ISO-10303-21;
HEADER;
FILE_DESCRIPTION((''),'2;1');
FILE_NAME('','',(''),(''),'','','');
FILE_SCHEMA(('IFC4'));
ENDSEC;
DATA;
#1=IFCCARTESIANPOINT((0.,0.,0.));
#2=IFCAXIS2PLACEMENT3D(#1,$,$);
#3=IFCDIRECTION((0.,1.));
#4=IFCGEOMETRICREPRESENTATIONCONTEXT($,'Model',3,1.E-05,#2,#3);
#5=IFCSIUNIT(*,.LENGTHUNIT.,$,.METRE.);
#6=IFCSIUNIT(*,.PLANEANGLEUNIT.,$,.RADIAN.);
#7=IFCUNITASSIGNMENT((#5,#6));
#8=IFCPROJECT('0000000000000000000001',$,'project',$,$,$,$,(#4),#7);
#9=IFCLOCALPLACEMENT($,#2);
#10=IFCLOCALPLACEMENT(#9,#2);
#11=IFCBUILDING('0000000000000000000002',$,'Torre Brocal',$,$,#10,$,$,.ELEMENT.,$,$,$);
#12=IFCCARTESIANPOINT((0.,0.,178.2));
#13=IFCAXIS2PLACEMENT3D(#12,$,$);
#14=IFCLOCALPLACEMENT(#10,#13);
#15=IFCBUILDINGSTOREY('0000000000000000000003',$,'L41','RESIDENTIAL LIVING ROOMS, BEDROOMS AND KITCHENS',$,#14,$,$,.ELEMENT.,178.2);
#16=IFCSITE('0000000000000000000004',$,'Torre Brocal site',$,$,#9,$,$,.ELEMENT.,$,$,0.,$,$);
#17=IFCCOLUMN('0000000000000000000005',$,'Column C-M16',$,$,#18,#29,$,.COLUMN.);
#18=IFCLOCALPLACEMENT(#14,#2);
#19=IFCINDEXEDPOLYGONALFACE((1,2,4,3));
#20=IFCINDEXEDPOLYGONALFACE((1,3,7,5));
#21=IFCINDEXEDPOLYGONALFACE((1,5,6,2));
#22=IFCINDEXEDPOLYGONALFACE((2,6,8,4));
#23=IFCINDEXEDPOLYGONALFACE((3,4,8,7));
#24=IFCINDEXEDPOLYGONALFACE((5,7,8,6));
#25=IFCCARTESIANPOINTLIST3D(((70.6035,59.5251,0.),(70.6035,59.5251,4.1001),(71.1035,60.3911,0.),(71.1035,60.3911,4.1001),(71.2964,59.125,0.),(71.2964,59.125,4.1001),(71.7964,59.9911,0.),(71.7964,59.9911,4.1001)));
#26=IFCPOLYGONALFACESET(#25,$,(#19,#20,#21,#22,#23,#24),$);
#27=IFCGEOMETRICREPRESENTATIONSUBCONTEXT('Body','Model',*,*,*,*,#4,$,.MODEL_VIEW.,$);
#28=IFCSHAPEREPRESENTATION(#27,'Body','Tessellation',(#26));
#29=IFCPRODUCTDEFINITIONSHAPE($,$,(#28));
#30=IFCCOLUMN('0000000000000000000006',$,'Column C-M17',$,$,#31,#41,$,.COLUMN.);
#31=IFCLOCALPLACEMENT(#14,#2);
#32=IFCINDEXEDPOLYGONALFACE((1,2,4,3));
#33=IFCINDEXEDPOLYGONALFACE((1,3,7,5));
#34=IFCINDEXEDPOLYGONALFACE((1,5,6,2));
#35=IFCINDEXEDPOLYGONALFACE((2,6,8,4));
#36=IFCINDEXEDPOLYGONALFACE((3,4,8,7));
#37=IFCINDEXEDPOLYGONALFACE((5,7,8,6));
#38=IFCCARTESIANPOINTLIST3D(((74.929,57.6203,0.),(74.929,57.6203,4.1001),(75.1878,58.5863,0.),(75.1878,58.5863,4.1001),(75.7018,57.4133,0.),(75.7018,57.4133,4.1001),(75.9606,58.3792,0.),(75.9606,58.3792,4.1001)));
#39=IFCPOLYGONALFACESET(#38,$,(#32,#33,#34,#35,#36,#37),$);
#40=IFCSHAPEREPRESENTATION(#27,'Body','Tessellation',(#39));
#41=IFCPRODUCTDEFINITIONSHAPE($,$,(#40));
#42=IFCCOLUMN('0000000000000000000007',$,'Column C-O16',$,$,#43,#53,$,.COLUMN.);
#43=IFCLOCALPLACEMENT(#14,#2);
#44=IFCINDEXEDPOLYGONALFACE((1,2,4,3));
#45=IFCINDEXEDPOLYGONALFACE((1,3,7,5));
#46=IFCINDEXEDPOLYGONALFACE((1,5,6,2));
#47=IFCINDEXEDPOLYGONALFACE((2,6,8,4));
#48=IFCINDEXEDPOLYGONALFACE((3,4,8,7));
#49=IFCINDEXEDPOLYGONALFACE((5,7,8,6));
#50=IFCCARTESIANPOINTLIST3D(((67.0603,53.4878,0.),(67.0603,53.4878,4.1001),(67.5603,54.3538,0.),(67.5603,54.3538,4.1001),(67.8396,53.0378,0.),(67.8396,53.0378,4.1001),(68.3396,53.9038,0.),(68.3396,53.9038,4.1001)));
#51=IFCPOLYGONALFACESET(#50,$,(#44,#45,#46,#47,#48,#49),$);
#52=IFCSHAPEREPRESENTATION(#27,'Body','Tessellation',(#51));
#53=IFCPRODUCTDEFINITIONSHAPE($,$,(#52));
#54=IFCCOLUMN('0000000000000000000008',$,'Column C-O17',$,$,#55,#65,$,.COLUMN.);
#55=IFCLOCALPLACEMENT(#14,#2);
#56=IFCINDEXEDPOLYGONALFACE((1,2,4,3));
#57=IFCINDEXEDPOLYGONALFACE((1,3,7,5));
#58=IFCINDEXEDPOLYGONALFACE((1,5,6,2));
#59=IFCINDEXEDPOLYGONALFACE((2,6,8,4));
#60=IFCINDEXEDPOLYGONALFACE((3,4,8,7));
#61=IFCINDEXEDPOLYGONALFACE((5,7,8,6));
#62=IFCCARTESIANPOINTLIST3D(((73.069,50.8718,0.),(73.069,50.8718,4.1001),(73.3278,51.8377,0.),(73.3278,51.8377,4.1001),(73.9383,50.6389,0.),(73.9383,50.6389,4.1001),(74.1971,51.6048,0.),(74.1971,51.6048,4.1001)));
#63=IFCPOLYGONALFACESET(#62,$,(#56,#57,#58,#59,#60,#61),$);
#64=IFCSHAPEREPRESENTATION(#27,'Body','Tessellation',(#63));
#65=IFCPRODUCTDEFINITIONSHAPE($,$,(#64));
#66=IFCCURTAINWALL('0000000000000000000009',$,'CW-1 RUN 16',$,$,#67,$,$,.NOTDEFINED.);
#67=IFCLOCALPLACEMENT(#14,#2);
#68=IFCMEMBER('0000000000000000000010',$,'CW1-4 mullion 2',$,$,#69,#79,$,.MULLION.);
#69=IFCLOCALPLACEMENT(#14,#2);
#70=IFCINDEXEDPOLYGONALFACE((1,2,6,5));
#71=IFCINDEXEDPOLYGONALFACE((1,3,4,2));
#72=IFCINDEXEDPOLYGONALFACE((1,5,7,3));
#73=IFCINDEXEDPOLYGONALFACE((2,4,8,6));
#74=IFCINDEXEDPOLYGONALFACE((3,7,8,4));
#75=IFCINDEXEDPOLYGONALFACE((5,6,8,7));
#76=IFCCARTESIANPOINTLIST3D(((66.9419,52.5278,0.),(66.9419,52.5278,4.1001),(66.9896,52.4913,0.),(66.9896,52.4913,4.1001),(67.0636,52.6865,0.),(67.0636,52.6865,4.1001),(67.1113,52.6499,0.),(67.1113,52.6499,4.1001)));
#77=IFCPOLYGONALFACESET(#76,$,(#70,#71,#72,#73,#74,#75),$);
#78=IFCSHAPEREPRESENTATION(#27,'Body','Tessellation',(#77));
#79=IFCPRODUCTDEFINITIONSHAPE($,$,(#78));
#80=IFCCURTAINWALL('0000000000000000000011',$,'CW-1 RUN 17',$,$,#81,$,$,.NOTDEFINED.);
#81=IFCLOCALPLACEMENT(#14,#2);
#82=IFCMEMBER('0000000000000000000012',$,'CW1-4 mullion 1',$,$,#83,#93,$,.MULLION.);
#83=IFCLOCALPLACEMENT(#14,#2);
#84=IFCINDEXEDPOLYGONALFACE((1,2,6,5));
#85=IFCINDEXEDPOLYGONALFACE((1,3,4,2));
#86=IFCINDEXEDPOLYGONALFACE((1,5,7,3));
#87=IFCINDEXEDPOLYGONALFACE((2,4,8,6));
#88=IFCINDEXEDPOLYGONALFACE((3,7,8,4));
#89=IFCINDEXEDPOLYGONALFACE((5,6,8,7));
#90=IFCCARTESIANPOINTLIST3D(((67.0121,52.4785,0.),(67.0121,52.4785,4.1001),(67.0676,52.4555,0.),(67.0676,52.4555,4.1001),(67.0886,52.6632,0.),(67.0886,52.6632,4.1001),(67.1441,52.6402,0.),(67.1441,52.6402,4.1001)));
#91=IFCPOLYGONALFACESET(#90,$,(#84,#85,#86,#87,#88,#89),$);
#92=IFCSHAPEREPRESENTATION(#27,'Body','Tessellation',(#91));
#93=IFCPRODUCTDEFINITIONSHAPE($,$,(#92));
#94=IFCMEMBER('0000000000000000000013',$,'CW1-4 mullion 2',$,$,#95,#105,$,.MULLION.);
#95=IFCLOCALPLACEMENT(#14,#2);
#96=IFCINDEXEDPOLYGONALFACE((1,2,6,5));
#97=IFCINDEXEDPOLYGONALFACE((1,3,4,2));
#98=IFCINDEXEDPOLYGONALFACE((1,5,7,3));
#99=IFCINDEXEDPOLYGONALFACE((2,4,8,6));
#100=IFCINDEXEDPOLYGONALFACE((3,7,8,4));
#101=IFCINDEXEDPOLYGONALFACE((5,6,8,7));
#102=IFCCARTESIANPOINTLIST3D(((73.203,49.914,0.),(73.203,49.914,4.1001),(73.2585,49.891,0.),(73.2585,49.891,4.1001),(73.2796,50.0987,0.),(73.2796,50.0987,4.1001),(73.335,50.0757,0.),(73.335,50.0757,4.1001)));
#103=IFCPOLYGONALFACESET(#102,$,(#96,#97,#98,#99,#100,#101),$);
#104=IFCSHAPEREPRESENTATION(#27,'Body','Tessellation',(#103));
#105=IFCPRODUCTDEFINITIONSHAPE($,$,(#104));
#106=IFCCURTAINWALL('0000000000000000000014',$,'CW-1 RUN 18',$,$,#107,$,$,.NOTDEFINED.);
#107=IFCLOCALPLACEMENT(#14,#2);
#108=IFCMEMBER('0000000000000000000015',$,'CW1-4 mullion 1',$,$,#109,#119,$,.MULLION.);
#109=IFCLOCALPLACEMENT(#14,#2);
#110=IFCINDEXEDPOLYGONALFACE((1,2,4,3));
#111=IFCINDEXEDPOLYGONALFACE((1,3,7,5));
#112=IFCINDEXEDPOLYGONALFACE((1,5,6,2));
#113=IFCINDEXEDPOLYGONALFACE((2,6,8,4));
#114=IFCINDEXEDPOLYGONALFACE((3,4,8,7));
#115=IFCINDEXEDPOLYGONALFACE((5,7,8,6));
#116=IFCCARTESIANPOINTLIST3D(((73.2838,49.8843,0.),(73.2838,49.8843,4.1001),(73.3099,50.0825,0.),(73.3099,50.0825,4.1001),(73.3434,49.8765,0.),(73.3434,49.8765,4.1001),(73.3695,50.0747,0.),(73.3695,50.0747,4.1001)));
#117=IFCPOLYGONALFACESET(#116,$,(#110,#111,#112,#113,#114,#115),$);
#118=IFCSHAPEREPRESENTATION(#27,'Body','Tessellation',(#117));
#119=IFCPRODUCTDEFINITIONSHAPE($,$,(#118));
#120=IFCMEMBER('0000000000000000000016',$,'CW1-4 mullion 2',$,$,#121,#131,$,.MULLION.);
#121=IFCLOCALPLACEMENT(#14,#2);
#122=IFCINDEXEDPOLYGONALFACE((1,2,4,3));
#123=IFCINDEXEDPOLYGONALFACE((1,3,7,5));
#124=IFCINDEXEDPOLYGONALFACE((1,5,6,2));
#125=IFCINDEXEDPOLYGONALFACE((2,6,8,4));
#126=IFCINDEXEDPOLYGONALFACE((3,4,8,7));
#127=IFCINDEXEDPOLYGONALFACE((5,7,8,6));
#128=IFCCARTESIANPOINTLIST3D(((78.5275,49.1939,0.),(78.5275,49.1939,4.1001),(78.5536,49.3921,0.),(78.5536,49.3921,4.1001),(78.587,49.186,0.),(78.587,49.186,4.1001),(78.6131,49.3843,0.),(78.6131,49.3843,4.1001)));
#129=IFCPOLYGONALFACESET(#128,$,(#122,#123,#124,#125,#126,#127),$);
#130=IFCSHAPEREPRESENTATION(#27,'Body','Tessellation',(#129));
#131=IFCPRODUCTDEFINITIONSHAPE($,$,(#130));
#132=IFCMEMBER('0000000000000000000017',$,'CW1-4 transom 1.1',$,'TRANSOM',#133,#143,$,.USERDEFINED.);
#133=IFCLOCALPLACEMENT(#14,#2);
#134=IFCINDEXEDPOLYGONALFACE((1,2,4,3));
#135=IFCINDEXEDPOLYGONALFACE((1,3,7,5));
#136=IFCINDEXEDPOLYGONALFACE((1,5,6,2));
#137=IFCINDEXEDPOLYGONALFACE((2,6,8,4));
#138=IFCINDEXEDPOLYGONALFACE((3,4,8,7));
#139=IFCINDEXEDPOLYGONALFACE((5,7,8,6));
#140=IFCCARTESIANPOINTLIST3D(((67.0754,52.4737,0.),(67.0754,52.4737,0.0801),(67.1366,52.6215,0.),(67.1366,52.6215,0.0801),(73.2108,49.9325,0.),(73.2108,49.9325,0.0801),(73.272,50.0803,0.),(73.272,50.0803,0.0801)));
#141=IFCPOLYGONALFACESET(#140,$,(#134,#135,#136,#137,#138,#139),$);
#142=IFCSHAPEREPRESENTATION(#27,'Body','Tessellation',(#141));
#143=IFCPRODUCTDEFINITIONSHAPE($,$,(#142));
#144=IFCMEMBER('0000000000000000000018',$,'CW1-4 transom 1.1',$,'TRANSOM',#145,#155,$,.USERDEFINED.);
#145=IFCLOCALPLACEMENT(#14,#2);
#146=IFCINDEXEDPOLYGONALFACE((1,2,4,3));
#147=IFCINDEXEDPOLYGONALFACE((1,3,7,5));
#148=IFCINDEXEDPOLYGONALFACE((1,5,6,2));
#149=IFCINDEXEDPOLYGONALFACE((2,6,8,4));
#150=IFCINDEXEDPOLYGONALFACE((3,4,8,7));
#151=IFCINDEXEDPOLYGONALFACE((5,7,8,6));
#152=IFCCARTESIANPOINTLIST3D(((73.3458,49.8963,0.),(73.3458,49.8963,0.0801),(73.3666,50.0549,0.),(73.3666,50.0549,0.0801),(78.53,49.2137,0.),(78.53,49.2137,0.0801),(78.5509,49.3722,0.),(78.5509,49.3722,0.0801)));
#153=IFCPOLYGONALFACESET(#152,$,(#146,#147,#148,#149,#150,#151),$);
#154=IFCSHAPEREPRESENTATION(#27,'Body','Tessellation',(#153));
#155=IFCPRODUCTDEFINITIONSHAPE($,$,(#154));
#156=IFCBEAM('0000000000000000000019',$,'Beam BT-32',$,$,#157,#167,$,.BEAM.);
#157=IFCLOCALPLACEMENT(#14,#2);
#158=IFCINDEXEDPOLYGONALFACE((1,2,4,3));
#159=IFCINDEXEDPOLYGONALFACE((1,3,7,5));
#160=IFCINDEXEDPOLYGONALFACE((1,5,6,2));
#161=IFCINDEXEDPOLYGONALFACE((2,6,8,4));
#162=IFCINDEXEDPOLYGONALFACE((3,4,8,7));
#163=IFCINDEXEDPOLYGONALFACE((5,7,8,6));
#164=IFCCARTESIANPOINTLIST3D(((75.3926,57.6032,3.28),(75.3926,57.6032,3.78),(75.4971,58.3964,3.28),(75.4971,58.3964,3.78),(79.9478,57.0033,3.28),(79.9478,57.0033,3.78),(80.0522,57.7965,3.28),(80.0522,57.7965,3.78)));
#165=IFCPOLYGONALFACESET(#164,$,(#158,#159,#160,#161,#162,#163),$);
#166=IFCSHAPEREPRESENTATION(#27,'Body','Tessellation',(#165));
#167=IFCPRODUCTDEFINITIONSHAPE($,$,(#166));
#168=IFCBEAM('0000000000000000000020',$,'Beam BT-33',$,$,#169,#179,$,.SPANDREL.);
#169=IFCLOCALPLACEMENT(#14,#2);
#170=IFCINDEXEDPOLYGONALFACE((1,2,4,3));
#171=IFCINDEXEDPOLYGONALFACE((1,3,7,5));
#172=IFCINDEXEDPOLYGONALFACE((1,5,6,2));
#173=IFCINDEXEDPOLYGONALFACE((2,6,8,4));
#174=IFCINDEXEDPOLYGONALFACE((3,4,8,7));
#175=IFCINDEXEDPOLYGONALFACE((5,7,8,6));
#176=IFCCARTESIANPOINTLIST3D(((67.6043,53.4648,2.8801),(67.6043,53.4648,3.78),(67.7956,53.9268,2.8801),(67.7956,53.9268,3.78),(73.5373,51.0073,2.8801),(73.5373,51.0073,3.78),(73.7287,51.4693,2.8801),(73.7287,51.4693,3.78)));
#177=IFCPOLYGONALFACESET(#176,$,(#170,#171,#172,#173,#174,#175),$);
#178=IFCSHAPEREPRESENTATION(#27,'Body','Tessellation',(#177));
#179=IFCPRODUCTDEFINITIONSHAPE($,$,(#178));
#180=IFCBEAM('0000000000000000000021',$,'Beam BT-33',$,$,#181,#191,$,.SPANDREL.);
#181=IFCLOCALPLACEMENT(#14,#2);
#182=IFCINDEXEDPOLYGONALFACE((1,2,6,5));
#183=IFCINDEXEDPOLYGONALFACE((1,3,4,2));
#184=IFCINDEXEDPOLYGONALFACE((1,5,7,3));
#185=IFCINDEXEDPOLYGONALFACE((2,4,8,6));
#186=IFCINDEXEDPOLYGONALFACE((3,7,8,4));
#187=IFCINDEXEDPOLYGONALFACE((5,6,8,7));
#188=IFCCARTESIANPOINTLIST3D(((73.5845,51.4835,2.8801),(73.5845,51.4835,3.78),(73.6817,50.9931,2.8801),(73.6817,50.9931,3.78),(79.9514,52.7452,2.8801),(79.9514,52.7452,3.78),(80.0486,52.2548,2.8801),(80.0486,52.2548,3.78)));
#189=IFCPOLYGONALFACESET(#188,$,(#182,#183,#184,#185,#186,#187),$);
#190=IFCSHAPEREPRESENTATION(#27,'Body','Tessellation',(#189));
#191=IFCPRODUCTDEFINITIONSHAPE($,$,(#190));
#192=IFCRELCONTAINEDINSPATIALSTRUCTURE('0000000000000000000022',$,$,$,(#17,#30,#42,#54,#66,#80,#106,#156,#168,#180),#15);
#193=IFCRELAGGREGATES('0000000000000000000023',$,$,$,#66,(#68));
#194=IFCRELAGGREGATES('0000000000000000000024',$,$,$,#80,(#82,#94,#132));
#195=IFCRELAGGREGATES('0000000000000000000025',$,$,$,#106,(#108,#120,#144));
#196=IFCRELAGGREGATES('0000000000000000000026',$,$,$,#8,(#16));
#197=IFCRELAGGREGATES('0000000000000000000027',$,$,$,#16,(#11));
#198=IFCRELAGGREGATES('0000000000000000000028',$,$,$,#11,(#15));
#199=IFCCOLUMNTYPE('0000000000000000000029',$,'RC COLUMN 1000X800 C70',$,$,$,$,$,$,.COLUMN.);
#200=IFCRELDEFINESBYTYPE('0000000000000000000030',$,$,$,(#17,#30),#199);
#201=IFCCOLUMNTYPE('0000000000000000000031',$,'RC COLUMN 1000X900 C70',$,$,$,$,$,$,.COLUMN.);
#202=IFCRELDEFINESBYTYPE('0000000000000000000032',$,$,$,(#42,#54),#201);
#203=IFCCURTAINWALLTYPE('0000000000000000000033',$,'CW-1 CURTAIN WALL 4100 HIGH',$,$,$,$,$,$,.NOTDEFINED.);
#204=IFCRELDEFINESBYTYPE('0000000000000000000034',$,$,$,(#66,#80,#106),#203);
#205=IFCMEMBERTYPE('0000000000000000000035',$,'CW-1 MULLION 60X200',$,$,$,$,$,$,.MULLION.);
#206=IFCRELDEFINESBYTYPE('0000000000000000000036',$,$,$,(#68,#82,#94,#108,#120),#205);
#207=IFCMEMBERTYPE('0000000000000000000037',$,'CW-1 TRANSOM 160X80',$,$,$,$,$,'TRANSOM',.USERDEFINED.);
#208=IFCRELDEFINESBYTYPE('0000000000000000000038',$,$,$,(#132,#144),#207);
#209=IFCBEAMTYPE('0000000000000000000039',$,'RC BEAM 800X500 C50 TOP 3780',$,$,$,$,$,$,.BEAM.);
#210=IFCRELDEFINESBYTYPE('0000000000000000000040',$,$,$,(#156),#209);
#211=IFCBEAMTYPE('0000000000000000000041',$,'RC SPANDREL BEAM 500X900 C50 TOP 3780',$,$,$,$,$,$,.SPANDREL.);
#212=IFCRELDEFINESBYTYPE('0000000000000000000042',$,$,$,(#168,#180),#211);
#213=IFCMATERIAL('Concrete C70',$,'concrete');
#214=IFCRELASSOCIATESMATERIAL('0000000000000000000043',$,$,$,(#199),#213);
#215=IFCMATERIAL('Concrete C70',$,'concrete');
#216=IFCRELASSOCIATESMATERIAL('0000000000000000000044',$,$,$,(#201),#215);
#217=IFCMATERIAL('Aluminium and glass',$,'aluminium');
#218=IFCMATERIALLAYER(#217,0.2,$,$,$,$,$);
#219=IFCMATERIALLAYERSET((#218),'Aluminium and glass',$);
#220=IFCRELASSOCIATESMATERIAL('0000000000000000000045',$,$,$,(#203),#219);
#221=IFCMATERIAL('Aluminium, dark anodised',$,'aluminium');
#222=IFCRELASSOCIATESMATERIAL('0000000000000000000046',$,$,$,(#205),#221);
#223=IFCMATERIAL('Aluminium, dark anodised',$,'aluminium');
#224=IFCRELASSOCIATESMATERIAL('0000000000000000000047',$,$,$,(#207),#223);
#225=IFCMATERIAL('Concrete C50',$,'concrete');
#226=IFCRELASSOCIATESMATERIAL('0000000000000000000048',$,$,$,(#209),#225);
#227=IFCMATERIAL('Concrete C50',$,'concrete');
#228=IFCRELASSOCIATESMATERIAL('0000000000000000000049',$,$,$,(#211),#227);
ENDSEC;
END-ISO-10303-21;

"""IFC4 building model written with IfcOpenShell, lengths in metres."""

from ifc_helpers import new_model, si_unit, direction, frame, origin, origin_2d, place, context, subcontext, project, spatial, rectangle, extrude, material, layer, layer_set, material_profile, profile_set, type_object, element, aggregate, save


model = new_model("IFC4")

# Units and contexts
model_context = context("Model", 3, precision=1e-05, world=origin(), true_north=direction((0.0, 1.0)))
body_context = subcontext(model_context, "Body", "Model", "MODEL_VIEW")
ifc_project = project(units=[si_unit("LENGTHUNIT", "METRE"), si_unit("PLANEANGLEUNIT", "RADIAN")], contexts=[model_context])

# Site, building, storey
site_placement = place(None, origin())
site = spatial("IfcSite", under=ifc_project, at=site_placement, Name="Torre Brocal site", CompositionType="ELEMENT", RefElevation=0.0)
building_placement = place(site_placement, origin())
building = spatial("IfcBuilding", under=site, at=building_placement, Name="Torre Brocal", CompositionType="ELEMENT")
storey_placement = place(building_placement, frame((0.0, 0.0, 178.2)))
storey = spatial("IfcBuildingStorey", under=building, at=storey_placement, Name="L41", Description="RESIDENTIAL LIVING ROOMS, BEDROOMS AND KITCHENS", CompositionType="ELEMENT", Elevation=178.2)

# Columns
ifc_material_1 = material(Name="Concrete C70", Category="concrete")
ifc_material_profile_1 = material_profile(ifc_material_1, rectangle(XDim=1.0, YDim=0.8, at=origin_2d()), Name="RC 1000X800")
ifc_profile_set_1 = profile_set([ifc_material_profile_1], Name="Concrete C70")
column_type_1 = type_object("IfcColumnType", Name="RC COLUMN 1000X800 C70", PredefinedType="COLUMN", material=ifc_profile_set_1)
for number, where, z_axis, x_axis, name in (
    (1, (71.2, 59.7581, 0.0), (0.0, 0.0, 1.0), (-0.5, -0.866025, 0.0), "Column C-M16"),
    (2, (75.4448, 57.9998, 0.0), (0.0, 0.0, 1.0), (-0.258819, -0.965926, 0.0), "Column C-M17"),
):
    element("IfcColumn", number, at=place(storey_placement, frame(where, z_axis=z_axis, x_axis=x_axis)), inside=storey, type_object=column_type_1, Name=name, PredefinedType="COLUMN", context=body_context, shape_type="SweptSolid", body=[
        extrude(rectangle(XDim=1.0, YDim=0.8, at=origin_2d()), origin(), (0.0, 0.0, 1.0), 4.1001),
    ])
ifc_material_2 = material(Name="Concrete C70", Category="concrete")
ifc_material_profile_2 = material_profile(ifc_material_2, rectangle(XDim=1.0, YDim=0.8999, at=origin_2d()), Name="RC 1000X900")
ifc_profile_set_2 = profile_set([ifc_material_profile_2], Name="Concrete C70")
column_type_2 = type_object("IfcColumnType", Name="RC COLUMN 1000X900 C70", PredefinedType="COLUMN", material=ifc_profile_set_2)
for number, where, z_axis, x_axis, name in (
    (3, (67.7, 53.6958, 0.0), (0.0, 0.0, 1.0), (-0.5, -0.866025, 0.0), "Column C-O16"),
    (4, (73.6331, 51.2383, 0.0), (0.0, 0.0, 1.0), (-0.258819, -0.965926, 0.0), "Column C-O17"),
):
    element("IfcColumn", number, at=place(storey_placement, frame(where, z_axis=z_axis, x_axis=x_axis)), inside=storey, type_object=column_type_2, Name=name, PredefinedType="COLUMN", context=body_context, shape_type="SweptSolid", body=[
        extrude(rectangle(XDim=1.0, YDim=0.8999, at=origin_2d()), origin(), (0.0, 0.0, 1.0), 4.1001),
    ])

# Curtain wall, member
ifc_material_3 = material(Name="Aluminium and glass", Category="aluminium")
ifc_layer_1 = layer(ifc_material_3, 0.2)
ifc_layer_set_1 = layer_set([ifc_layer_1], Name="Aluminium and glass")
curtain_wall_type = type_object("IfcCurtainWallType", Name="CW-1 CURTAIN WALL 4100 HIGH", PredefinedType="NOTDEFINED", material=ifc_layer_set_1)
curtain_wall_1_placement = place(storey_placement, origin())
curtain_wall_1 = element("IfcCurtainWall", 5, at=curtain_wall_1_placement, inside=storey, type_object=curtain_wall_type, Name="CW-1 RUN 16", PredefinedType="NOTDEFINED")
ifc_material_4 = material(Name="Aluminium, dark anodised", Category="aluminium")
ifc_material_profile_3 = material_profile(ifc_material_4, rectangle(XDim=0.2, YDim=0.0601, at=origin_2d()), Name="CW-1 MULLION 60X200")
ifc_profile_set_3 = profile_set([ifc_material_profile_3], Name="Aluminium, dark anodised")
member_type_1 = type_object("IfcMemberType", Name="CW-1 MULLION 60X200", PredefinedType="MULLION", material=ifc_profile_set_3)
member_1_placement = place(storey_placement, frame((67.0266, 52.5889, 0.0), z_axis=(0.0, 0.0, 1.0), x_axis=(0.608761, 0.793353, 0.0)))
member_1 = element("IfcMember", 6, at=member_1_placement, type_object=member_type_1, Name="CW1-4 mullion 2", PredefinedType="MULLION", context=body_context, shape_type="SweptSolid", body=[
    extrude(rectangle(XDim=0.2, YDim=0.0601, at=origin_2d()), origin(), (0.0, 0.0, 1.0), 4.1001),
])
aggregate(curtain_wall_1, [member_1])

# Curtain walls, members
curtain_wall_2_placement = place(storey_placement, origin())
curtain_wall_2 = element("IfcCurtainWall", 7, at=curtain_wall_2_placement, inside=storey, type_object=curtain_wall_type, Name="CW-1 RUN 17", PredefinedType="NOTDEFINED")
member_2_placement = place(storey_placement, frame((67.0781, 52.5593, 0.0), z_axis=(0.0, 0.0, 1.0), x_axis=(0.382683, 0.92388, 0.0)))
member_2 = element("IfcMember", 8, at=member_2_placement, type_object=member_type_1, Name="CW1-4 mullion 1", PredefinedType="MULLION", context=body_context, shape_type="SweptSolid", body=[
    extrude(rectangle(XDim=0.2, YDim=0.0601, at=origin_2d()), origin(), (0.0, 0.0, 1.0), 4.1001),
])
member_3_placement = place(storey_placement, frame((73.269, 49.9949, 0.0), z_axis=(0.0, 0.0, 1.0), x_axis=(0.382683, 0.92388, 0.0)))
member_3 = element("IfcMember", 9, at=member_3_placement, type_object=member_type_1, Name="CW1-4 mullion 2", PredefinedType="MULLION", context=body_context, shape_type="SweptSolid", body=[
    extrude(rectangle(XDim=0.2, YDim=0.0601, at=origin_2d()), origin(), (0.0, 0.0, 1.0), 4.1001),
])
curtain_wall_3_placement = place(storey_placement, origin())
curtain_wall_3 = element("IfcCurtainWall", 10, at=curtain_wall_3_placement, inside=storey, type_object=curtain_wall_type, Name="CW-1 RUN 18", PredefinedType="NOTDEFINED")
member_4_placement = place(storey_placement, frame((73.3267, 49.9795, 0.0), z_axis=(0.0, 0.0, 1.0), x_axis=(0.130526, 0.991445, 0.0)))
member_4 = element("IfcMember", 11, at=member_4_placement, type_object=member_type_1, Name="CW1-4 mullion 1", PredefinedType="MULLION", context=body_context, shape_type="SweptSolid", body=[
    extrude(rectangle(XDim=0.2, YDim=0.0601, at=origin_2d()), origin(), (0.0, 0.0, 1.0), 4.1001),
])
member_5_placement = place(storey_placement, frame((78.5703, 49.2891, 0.0), z_axis=(0.0, 0.0, 1.0), x_axis=(0.130526, 0.991445, 0.0)))
member_5 = element("IfcMember", 12, at=member_5_placement, type_object=member_type_1, Name="CW1-4 mullion 2", PredefinedType="MULLION", context=body_context, shape_type="SweptSolid", body=[
    extrude(rectangle(XDim=0.2, YDim=0.0601, at=origin_2d()), origin(), (0.0, 0.0, 1.0), 4.1001),
])

# Members
ifc_material_5 = material(Name="Aluminium, dark anodised", Category="aluminium")
ifc_material_profile_4 = material_profile(ifc_material_5, rectangle(XDim=0.1599, YDim=0.0801, at=origin_2d()), Name="CW-1 TRANSOM 160X80")
ifc_profile_set_4 = profile_set([ifc_material_profile_4], Name="Aluminium, dark anodised")
member_type_2 = type_object("IfcMemberType", Name="CW-1 TRANSOM 160X80", ElementType="TRANSOM", PredefinedType="USERDEFINED", material=ifc_profile_set_4)
member_6_placement = place(storey_placement, frame((67.106, 52.5476, 0.04), z_axis=(0.923887, -0.382665, 0.0), x_axis=(0.382665, 0.923887, 0.0)))
member_6 = element("IfcMember", 13, at=member_6_placement, type_object=member_type_2, Name="CW1-4 transom 1.1", ObjectType="TRANSOM", PredefinedType="USERDEFINED", context=body_context, shape_type="SweptSolid", body=[
    extrude(rectangle(XDim=0.1599, YDim=0.0801, at=origin_2d()), origin(), (0.0, 0.0, 1.0), 6.6409),
])
member_7_placement = place(storey_placement, frame((73.3562, 49.9756, 0.04), z_axis=(0.991443, -0.130543, 0.0), x_axis=(0.130543, 0.991443, 0.0)))
member_7 = element("IfcMember", 14, at=member_7_placement, type_object=member_type_2, Name="CW1-4 transom 1.1", ObjectType="TRANSOM", PredefinedType="USERDEFINED", context=body_context, shape_type="SweptSolid", body=[
    extrude(rectangle(XDim=0.1599, YDim=0.0801, at=origin_2d()), origin(), (0.0, 0.0, 1.0), 5.229),
])

# Beams
ifc_material_6 = material(Name="Concrete C50", Category="concrete")
ifc_material_profile_5 = material_profile(ifc_material_6, rectangle(XDim=0.8, YDim=0.5, at=origin_2d()), Name="RC 800X500")
ifc_profile_set_5 = profile_set([ifc_material_profile_5], Name="Concrete C50")
beam_type_1 = type_object("IfcBeamType", Name="RC BEAM 800X500 C50 TOP 3780", PredefinedType="BEAM", material=ifc_profile_set_5)
beam_1_placement = place(storey_placement, frame((75.4448, 57.9998, 3.53), z_axis=(0.991441, -0.130559, 0.0), x_axis=(0.130559, 0.991441, 0.0)))
element("IfcBeam", 15, at=beam_1_placement, inside=storey, type_object=beam_type_1, Name="Beam BT-32", PredefinedType="BEAM", context=body_context, shape_type="SweptSolid", body=[
    extrude(rectangle(XDim=0.8, YDim=0.5, at=origin_2d()), origin(), (0.0, 0.0, 1.0), 4.5945),
])
ifc_material_7 = material(Name="Concrete C50", Category="concrete")
ifc_material_profile_6 = material_profile(ifc_material_7, rectangle(XDim=0.5, YDim=0.8999, at=origin_2d()), Name="RC 500X900")
ifc_profile_set_6 = profile_set([ifc_material_profile_6], Name="Concrete C50")
beam_type_2 = type_object("IfcBeamType", Name="RC SPANDREL BEAM 500X900 C50 TOP 3780", PredefinedType="SPANDREL", material=ifc_profile_set_6)
beam_2_placement = place(storey_placement, frame((67.7, 53.6958, 3.3301), z_axis=(0.923882, -0.382676, 0.0), x_axis=(0.382676, 0.923882, 0.0)))
element("IfcBeam", 16, at=beam_2_placement, inside=storey, type_object=beam_type_2, Name="Beam BT-33", PredefinedType="SPANDREL", context=body_context, shape_type="SweptSolid", body=[
    extrude(rectangle(XDim=0.5, YDim=0.8999, at=origin_2d()), origin(), (0.0, 0.0, 1.0), 6.4219),
])
beam_3_placement = place(storey_placement, frame((73.6331, 51.2383, 3.3301), z_axis=(0.980925, 0.194387, 0.0), x_axis=(-0.194387, 0.980925, 0.0)))
element("IfcBeam", 17, at=beam_3_placement, inside=storey, type_object=beam_type_2, Name="Beam BT-33", PredefinedType="SPANDREL", context=body_context, shape_type="SweptSolid", body=[
    extrude(rectangle(XDim=0.5, YDim=0.8999, at=origin_2d()), origin(), (0.0, 0.0, 1.0), 6.4907),
])

aggregate(curtain_wall_2, [member_2, member_3, member_6])
aggregate(curtain_wall_3, [member_4, member_5, member_7])

save(model, "model.ifc")
